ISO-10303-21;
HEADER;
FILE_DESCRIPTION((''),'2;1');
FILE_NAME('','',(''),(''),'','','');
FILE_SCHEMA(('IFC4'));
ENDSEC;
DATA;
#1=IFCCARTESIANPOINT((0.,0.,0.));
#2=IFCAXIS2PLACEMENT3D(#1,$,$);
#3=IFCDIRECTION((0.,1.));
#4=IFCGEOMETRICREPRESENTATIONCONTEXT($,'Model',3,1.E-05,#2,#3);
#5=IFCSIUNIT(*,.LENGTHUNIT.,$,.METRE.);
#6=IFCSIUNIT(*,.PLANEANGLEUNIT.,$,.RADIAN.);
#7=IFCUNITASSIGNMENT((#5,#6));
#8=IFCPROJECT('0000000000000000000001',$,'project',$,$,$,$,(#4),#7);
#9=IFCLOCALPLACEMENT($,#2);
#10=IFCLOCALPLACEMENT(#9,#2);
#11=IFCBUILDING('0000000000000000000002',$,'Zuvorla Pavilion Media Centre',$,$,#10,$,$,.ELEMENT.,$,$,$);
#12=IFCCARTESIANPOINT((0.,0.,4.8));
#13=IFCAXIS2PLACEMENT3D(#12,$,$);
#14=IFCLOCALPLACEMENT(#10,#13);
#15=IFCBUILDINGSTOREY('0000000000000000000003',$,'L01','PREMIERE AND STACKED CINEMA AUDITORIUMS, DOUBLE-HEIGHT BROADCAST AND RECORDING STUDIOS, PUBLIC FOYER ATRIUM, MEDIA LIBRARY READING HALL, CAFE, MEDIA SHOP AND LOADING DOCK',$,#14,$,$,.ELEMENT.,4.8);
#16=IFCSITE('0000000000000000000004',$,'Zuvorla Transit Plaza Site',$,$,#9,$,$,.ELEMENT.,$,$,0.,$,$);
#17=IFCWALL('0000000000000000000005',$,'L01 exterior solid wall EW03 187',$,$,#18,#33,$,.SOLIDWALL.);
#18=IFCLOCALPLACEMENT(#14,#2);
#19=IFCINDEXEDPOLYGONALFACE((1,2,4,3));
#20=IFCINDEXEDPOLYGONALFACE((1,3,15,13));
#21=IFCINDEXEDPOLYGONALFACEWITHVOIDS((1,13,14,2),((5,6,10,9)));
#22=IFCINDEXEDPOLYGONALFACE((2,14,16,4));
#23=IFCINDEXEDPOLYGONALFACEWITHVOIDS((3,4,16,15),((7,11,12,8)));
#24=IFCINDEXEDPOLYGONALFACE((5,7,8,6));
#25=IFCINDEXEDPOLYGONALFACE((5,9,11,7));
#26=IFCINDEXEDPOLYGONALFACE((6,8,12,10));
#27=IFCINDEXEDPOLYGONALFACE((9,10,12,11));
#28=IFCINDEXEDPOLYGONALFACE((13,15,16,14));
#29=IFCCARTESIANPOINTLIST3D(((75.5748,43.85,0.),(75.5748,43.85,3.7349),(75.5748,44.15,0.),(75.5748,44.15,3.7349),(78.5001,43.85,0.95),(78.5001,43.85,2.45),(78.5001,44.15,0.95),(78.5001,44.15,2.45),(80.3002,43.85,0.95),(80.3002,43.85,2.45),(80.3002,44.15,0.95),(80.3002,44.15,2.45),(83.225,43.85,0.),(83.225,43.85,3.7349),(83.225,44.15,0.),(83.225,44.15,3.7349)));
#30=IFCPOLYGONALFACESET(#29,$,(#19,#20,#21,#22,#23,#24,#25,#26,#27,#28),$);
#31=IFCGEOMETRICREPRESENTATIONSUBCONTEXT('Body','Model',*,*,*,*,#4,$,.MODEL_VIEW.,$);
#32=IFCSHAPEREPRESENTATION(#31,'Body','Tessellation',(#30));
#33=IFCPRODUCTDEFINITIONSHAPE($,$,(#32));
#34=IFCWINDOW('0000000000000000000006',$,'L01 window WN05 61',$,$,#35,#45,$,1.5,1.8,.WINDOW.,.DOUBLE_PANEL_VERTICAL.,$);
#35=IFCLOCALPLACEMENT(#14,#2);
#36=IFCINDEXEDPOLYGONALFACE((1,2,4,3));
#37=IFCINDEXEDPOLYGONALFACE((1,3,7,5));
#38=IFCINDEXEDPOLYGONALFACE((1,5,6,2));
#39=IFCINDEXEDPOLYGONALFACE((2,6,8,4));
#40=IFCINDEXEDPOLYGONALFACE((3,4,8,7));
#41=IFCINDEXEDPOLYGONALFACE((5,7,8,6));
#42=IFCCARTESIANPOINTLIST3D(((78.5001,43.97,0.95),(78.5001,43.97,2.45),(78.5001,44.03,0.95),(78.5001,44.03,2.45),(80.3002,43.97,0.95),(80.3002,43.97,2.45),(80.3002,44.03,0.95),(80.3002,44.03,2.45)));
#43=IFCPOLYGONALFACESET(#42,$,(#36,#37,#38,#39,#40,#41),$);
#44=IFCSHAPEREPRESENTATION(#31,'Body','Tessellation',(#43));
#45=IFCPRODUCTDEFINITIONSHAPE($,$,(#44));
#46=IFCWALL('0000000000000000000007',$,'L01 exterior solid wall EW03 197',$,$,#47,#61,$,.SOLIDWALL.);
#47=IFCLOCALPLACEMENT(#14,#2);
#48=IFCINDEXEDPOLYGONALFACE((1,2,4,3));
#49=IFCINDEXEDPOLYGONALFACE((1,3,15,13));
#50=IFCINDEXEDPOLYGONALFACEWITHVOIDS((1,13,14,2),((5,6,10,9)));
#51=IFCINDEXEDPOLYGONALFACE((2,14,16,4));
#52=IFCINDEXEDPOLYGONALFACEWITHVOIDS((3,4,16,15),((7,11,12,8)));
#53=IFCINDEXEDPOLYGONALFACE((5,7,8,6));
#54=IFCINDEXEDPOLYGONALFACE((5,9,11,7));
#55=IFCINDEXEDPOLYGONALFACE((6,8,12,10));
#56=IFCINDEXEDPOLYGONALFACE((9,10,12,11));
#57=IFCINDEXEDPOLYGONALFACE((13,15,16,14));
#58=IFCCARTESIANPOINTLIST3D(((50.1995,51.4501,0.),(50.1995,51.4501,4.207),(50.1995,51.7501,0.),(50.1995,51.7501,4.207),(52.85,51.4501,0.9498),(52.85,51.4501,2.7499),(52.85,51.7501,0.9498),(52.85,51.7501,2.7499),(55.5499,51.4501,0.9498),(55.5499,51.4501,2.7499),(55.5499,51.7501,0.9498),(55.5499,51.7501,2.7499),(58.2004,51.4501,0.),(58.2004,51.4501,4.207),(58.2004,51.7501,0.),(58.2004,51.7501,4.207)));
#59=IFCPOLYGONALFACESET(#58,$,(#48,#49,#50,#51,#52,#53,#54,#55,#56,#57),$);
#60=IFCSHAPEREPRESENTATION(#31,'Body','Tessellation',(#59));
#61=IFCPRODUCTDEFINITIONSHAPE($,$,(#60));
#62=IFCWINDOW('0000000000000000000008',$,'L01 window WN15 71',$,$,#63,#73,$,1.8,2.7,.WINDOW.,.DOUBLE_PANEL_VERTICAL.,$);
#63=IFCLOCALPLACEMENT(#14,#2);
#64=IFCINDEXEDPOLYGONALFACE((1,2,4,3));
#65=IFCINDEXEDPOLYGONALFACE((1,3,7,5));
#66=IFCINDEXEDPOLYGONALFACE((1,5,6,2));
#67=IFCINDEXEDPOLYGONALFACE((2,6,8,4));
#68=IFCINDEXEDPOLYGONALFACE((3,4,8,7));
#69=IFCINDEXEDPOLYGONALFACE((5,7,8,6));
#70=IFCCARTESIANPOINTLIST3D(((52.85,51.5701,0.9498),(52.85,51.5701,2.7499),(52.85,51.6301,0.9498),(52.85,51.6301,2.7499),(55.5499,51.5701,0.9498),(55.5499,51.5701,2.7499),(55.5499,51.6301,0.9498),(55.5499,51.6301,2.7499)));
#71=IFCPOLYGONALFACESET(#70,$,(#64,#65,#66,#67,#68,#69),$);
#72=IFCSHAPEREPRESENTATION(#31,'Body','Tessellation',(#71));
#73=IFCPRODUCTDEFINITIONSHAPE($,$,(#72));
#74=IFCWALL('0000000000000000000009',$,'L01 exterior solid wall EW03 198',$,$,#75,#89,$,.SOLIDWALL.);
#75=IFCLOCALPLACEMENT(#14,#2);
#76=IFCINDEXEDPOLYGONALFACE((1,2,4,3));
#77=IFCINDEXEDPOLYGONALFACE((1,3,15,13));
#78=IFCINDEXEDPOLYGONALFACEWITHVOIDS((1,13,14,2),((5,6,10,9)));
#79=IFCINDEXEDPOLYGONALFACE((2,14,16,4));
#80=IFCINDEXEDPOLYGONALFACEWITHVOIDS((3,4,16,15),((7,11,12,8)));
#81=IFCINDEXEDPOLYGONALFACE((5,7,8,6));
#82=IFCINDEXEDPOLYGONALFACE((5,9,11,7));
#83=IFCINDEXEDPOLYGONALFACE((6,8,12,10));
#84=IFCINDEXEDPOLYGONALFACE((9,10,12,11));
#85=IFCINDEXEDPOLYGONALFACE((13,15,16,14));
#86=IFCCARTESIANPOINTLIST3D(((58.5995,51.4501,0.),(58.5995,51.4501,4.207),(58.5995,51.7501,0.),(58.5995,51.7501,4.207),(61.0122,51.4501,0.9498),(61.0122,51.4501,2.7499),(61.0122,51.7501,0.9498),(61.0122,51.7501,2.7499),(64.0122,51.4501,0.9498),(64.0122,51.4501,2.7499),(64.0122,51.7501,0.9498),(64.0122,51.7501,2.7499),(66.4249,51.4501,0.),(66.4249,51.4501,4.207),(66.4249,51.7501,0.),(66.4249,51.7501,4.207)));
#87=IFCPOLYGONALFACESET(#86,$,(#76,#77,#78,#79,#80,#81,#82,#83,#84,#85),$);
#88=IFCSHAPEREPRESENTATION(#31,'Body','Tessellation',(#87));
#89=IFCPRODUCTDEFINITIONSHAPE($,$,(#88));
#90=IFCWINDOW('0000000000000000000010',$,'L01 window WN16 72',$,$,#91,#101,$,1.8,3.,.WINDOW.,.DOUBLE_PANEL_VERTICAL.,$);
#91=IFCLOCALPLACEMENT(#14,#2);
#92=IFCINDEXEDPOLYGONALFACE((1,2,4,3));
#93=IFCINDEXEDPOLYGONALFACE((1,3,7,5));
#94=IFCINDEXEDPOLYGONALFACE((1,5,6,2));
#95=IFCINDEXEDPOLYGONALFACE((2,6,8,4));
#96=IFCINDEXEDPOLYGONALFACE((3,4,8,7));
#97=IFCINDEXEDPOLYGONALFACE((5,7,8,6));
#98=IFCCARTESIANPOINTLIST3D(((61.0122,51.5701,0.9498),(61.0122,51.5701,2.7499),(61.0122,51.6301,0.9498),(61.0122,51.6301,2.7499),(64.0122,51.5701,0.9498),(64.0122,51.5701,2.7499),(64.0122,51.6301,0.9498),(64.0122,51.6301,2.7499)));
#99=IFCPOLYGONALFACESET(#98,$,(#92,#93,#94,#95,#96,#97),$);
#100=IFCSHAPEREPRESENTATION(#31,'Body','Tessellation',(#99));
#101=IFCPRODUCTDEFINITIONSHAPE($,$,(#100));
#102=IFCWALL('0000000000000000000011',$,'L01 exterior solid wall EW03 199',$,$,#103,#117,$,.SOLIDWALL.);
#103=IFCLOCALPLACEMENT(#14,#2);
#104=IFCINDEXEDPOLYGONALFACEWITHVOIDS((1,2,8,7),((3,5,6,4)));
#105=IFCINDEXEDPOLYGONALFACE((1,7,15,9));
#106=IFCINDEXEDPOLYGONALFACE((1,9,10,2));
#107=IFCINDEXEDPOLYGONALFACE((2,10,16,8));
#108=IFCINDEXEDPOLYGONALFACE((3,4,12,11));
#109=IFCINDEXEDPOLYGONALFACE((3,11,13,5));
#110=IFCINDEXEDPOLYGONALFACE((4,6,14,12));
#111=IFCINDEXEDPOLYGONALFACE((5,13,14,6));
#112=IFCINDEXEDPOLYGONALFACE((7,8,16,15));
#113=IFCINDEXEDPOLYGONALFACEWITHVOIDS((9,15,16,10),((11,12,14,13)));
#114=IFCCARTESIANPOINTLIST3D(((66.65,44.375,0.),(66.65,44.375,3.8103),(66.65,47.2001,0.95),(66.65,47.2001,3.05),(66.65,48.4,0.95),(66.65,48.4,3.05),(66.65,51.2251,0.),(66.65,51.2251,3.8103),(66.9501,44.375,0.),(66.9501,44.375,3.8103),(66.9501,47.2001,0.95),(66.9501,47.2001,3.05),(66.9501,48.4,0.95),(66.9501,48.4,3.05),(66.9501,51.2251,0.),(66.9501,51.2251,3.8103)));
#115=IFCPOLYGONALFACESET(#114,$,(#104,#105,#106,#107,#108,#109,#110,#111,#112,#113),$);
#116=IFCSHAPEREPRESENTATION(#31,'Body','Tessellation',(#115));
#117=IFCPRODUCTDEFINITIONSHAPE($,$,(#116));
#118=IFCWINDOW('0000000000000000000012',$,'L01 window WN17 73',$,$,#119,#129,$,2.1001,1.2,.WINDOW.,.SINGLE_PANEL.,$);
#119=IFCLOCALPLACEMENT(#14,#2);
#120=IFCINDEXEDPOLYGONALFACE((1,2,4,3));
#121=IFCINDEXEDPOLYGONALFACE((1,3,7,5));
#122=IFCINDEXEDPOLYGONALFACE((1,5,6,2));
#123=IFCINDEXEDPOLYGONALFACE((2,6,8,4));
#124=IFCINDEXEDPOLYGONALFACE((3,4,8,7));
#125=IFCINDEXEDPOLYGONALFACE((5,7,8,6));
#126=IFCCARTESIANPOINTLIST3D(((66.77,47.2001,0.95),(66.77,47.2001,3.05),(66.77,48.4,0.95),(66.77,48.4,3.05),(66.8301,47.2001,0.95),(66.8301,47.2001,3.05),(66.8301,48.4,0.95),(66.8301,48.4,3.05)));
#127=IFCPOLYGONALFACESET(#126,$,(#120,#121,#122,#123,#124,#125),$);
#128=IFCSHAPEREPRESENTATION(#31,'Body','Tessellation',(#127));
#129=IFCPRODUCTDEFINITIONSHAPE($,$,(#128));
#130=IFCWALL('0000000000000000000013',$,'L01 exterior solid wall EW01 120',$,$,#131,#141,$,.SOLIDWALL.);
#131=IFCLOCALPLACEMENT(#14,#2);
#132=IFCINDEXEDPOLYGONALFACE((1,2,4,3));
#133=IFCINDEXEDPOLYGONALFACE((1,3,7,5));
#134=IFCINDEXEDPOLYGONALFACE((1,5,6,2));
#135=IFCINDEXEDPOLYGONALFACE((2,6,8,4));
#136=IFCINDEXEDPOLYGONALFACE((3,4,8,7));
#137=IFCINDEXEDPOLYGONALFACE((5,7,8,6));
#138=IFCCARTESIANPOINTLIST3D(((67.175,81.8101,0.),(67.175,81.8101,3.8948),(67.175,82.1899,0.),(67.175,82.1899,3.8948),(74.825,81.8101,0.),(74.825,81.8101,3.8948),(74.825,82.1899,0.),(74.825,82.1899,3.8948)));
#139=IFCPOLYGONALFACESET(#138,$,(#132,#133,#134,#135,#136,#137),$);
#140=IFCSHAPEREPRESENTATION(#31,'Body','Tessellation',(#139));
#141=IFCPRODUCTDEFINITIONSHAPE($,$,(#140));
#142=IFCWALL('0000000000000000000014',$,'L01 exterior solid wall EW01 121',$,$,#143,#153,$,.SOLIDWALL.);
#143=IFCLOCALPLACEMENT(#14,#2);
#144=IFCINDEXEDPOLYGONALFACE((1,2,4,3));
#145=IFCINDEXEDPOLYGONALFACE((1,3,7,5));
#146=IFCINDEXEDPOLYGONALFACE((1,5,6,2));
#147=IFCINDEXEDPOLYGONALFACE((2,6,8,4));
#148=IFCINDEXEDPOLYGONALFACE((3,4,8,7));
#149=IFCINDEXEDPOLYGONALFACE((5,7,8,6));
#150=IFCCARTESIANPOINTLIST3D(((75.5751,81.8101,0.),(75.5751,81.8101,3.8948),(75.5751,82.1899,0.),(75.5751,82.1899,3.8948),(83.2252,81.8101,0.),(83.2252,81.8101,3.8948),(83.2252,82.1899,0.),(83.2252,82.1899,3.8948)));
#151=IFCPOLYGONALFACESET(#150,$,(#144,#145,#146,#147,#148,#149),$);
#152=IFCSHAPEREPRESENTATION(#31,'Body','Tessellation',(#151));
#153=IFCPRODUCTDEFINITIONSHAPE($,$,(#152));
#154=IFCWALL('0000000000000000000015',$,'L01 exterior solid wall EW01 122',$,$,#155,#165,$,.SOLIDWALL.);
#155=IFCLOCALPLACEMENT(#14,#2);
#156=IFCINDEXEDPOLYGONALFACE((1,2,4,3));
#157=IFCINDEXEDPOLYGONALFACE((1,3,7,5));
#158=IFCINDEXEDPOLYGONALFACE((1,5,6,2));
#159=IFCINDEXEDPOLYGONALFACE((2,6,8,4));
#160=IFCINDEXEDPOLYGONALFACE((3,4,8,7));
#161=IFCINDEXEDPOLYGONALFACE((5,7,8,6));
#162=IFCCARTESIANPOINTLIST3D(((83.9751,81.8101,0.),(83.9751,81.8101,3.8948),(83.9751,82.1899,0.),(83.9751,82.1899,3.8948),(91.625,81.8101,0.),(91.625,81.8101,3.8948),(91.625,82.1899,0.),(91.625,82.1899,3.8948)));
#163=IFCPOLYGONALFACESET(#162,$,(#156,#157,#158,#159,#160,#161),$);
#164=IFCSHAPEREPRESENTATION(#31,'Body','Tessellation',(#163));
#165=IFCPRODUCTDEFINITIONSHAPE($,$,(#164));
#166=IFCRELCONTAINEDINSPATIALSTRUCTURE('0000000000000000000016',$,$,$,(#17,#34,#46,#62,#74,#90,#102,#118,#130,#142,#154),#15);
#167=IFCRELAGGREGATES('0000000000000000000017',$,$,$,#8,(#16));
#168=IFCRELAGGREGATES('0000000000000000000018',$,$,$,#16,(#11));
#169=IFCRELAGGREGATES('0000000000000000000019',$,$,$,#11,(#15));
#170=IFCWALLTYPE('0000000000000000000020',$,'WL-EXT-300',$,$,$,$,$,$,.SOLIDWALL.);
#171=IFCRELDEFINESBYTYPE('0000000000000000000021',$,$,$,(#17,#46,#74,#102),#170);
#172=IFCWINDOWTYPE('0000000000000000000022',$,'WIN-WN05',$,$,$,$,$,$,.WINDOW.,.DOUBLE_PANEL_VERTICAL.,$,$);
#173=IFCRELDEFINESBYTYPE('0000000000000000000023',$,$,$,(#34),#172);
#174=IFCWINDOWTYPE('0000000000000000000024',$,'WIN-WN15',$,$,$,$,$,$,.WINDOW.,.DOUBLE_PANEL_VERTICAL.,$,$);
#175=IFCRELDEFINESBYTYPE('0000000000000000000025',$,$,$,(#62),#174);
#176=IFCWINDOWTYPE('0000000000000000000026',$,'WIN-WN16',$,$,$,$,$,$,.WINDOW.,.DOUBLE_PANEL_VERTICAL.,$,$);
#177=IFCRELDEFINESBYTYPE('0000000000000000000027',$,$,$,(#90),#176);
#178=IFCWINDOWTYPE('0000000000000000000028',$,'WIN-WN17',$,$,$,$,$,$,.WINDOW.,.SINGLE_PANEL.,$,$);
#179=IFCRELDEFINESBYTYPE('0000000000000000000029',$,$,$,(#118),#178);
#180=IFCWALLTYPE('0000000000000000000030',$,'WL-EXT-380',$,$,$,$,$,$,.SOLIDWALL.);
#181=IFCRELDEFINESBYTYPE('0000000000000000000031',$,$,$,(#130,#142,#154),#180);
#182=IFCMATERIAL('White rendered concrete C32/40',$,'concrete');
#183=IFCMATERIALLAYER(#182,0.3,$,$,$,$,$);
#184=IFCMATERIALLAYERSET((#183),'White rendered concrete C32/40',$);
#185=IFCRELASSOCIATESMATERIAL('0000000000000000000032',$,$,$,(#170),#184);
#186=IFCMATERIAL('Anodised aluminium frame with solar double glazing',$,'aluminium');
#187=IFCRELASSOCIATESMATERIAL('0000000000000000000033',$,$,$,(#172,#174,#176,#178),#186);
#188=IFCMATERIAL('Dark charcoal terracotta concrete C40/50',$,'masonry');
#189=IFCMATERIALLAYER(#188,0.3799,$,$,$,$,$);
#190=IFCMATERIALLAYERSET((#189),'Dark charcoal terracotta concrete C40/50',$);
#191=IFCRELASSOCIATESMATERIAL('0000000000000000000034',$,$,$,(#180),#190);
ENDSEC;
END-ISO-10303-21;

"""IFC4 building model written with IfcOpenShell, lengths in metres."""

from ifc_helpers import new_model, si_unit, direction, frame, frame_2d, origin, place, context, subcontext, project, spatial, rectangle, extrude, material, layer, layer_set, type_object, element, fill, save


model = new_model("IFC4")

# Units and contexts
model_context = context("Model", 3, precision=1e-05, world=origin(), true_north=direction((0.0, 1.0)))
body_context = subcontext(model_context, "Body", "Model", "MODEL_VIEW")
ifc_project = project(units=[si_unit("LENGTHUNIT", "METRE"), si_unit("PLANEANGLEUNIT", "RADIAN")], contexts=[model_context])

# Site, building, storey
site_placement = place(None, origin())
site = spatial("IfcSite", under=ifc_project, at=site_placement, Name="Zuvorla Transit Plaza Site", CompositionType="ELEMENT", RefElevation=0.0)
building_placement = place(site_placement, origin())
building = spatial("IfcBuilding", under=site, at=building_placement, Name="Zuvorla Pavilion Media Centre", CompositionType="ELEMENT")
storey_placement = place(building_placement, frame((0.0, 0.0, 4.8)))
storey = spatial("IfcBuildingStorey", under=building, at=storey_placement, Name="L01", Description="PREMIERE AND STACKED CINEMA AUDITORIUMS, DOUBLE-HEIGHT BROADCAST AND RECORDING STUDIOS, PUBLIC FOYER ATRIUM, MEDIA LIBRARY READING HALL, CAFE, MEDIA SHOP AND LOADING DOCK", CompositionType="ELEMENT", Elevation=4.8)

# Walls, openings, windows
ifc_material_1 = material(Name="White rendered concrete C32/40", Category="concrete")
ifc_layer_1 = layer(ifc_material_1, 0.3)
ifc_layer_set_1 = layer_set([ifc_layer_1], Name="White rendered concrete C32/40")
wall_type_1 = type_object("IfcWallType", Name="WL-EXT-300", PredefinedType="SOLIDWALL", material=ifc_layer_set_1)
wall_1_placement = place(storey_placement, frame((83.2251, 44.0, 0.0), z_axis=(0.0, 0.0, 1.0), x_axis=(-1.0, 0.0, 0.0)))
wall_1 = element("IfcWall", 1, at=wall_1_placement, inside=storey, type_object=wall_type_1, Name="L01 exterior solid wall EW03 187", PredefinedType="SOLIDWALL", context=body_context, shape_type="SweptSolid", body=[
    extrude(rectangle(XDim=7.6501, YDim=0.3, at=frame_2d((3.8252, 0.0))), origin(), (0.0, 0.0, 1.0), 3.7349),
])
opening_1_placement = place(wall_1_placement, frame((2.925, 0.0, 0.95)))
opening_1 = element("IfcOpeningElement", 2, at=opening_1_placement, cuts=wall_1, PredefinedType="OPENING", context=body_context, shape_type="SweptSolid", body=[
    extrude(rectangle(XDim=1.8, YDim=1.5, at=frame_2d((0.8999, 0.75))), frame((0.0, 0.1599, 0.0), z_axis=(0.0, -1.0, 0.0), x_axis=(1.0, 0.0, 0.0)), (0.0, 0.0, 1.0), 0.3201),
])
ifc_material_2 = material(Name="Anodised aluminium frame with solar double glazing", Category="aluminium")
window_type_1 = type_object("IfcWindowType", Name="WIN-WN05", PartitioningType="DOUBLE_PANEL_VERTICAL", PredefinedType="WINDOW", material=ifc_material_2)
window_1_placement = place(opening_1_placement, origin())
window_1 = element("IfcWindow", 3, at=window_1_placement, inside=storey, type_object=window_type_1, Name="L01 window WN05 61", OverallHeight=1.5, OverallWidth=1.8, PartitioningType="DOUBLE_PANEL_VERTICAL", PredefinedType="WINDOW", context=body_context, shape_type="SweptSolid", body=[
    extrude(rectangle(XDim=1.8, YDim=1.5, at=frame_2d((0.8999, 0.75))), frame((0.0, 0.03, 0.0), z_axis=(0.0, -1.0, 0.0), x_axis=(1.0, 0.0, 0.0)), (0.0, 0.0, 1.0), 0.0601),
])
fill(opening_1, window_1)
wall_2_placement = place(storey_placement, frame((50.1995, 51.6001, 0.0), z_axis=(0.0, 0.0, 1.0), x_axis=(1.0, 0.0, 0.0)))
wall_2 = element("IfcWall", 4, at=wall_2_placement, inside=storey, type_object=wall_type_1, Name="L01 exterior solid wall EW03 197", PredefinedType="SOLIDWALL", context=body_context, shape_type="SweptSolid", body=[
    extrude(rectangle(XDim=8.001, YDim=0.3, at=frame_2d((4.0005, 0.0))), origin(), (0.0, 0.0, 1.0), 4.207),
])
opening_2_placement = place(wall_2_placement, frame((2.6504, 0.0, 0.95)))
opening_2 = element("IfcOpeningElement", 5, at=opening_2_placement, cuts=wall_2, PredefinedType="OPENING", context=body_context, shape_type="SweptSolid", body=[
    extrude(rectangle(XDim=2.7, YDim=1.8, at=frame_2d((1.3501, 0.8999))), frame((0.0, 0.1599, 0.0), z_axis=(0.0, -1.0, 0.0), x_axis=(1.0, 0.0, 0.0)), (0.0, 0.0, 1.0), 0.3201),
])
window_type_2 = type_object("IfcWindowType", Name="WIN-WN15", PartitioningType="DOUBLE_PANEL_VERTICAL", PredefinedType="WINDOW", material=ifc_material_2)
window_2_placement = place(opening_2_placement, origin())
window_2 = element("IfcWindow", 6, at=window_2_placement, inside=storey, type_object=window_type_2, Name="L01 window WN15 71", OverallHeight=1.8, OverallWidth=2.7, PartitioningType="DOUBLE_PANEL_VERTICAL", PredefinedType="WINDOW", context=body_context, shape_type="SweptSolid", body=[
    extrude(rectangle(XDim=2.7, YDim=1.8, at=frame_2d((1.3501, 0.8999))), frame((0.0, 0.03, 0.0), z_axis=(0.0, -1.0, 0.0), x_axis=(1.0, 0.0, 0.0)), (0.0, 0.0, 1.0), 0.0601),
])
fill(opening_2, window_2)
wall_3_placement = place(storey_placement, frame((58.5996, 51.6001, 0.0), z_axis=(0.0, 0.0, 1.0), x_axis=(1.0, 0.0, 0.0)))
wall_3 = element("IfcWall", 7, at=wall_3_placement, inside=storey, type_object=wall_type_1, Name="L01 exterior solid wall EW03 198", PredefinedType="SOLIDWALL", context=body_context, shape_type="SweptSolid", body=[
    extrude(rectangle(XDim=7.8254, YDim=0.3, at=frame_2d((3.9126, 0.0))), origin(), (0.0, 0.0, 1.0), 4.207),
])
opening_3_placement = place(wall_3_placement, frame((2.4126, 0.0, 0.95)))
opening_3 = element("IfcOpeningElement", 8, at=opening_3_placement, cuts=wall_3, PredefinedType="OPENING", context=body_context, shape_type="SweptSolid", body=[
    extrude(rectangle(XDim=3.0, YDim=1.8, at=frame_2d((1.5, 0.8999))), frame((0.0, 0.1599, 0.0), z_axis=(0.0, -1.0, 0.0), x_axis=(1.0, 0.0, 0.0)), (0.0, 0.0, 1.0), 0.3201),
])
window_type_3 = type_object("IfcWindowType", Name="WIN-WN16", PartitioningType="DOUBLE_PANEL_VERTICAL", PredefinedType="WINDOW", material=ifc_material_2)
window_3_placement = place(opening_3_placement, origin())
window_3 = element("IfcWindow", 9, at=window_3_placement, inside=storey, type_object=window_type_3, Name="L01 window WN16 72", OverallHeight=1.8, OverallWidth=3.0, PartitioningType="DOUBLE_PANEL_VERTICAL", PredefinedType="WINDOW", context=body_context, shape_type="SweptSolid", body=[
    extrude(rectangle(XDim=3.0, YDim=1.8, at=frame_2d((1.5, 0.8999))), frame((0.0, 0.03, 0.0), z_axis=(0.0, -1.0, 0.0), x_axis=(1.0, 0.0, 0.0)), (0.0, 0.0, 1.0), 0.0601),
])
fill(opening_3, window_3)
wall_4_placement = place(storey_placement, frame((66.8, 51.2251, 0.0), z_axis=(0.0, 0.0, 1.0), x_axis=(0.0, -1.0, 0.0)))
wall_4 = element("IfcWall", 10, at=wall_4_placement, inside=storey, type_object=wall_type_1, Name="L01 exterior solid wall EW03 199", PredefinedType="SOLIDWALL", context=body_context, shape_type="SweptSolid", body=[
    extrude(rectangle(XDim=6.8501, YDim=0.3, at=frame_2d((3.425, 0.0))), origin(), (0.0, 0.0, 1.0), 3.8103),
])
opening_4_placement = place(wall_4_placement, frame((2.825, 0.0, 0.95)))
opening_4 = element("IfcOpeningElement", 11, at=opening_4_placement, cuts=wall_4, PredefinedType="OPENING", context=body_context, shape_type="SweptSolid", body=[
    extrude(rectangle(XDim=1.2, YDim=2.1001, at=frame_2d((0.6001, 1.05))), frame((0.0, 0.1599, 0.0), z_axis=(0.0, -1.0, 0.0), x_axis=(1.0, 0.0, 0.0)), (0.0, 0.0, 1.0), 0.3201),
])
window_type_4 = type_object("IfcWindowType", Name="WIN-WN17", PartitioningType="SINGLE_PANEL", PredefinedType="WINDOW", material=ifc_material_2)
window_4_placement = place(opening_4_placement, origin())
window_4 = element("IfcWindow", 12, at=window_4_placement, inside=storey, type_object=window_type_4, Name="L01 window WN17 73", OverallHeight=2.1001, OverallWidth=1.2, PartitioningType="SINGLE_PANEL", PredefinedType="WINDOW", context=body_context, shape_type="SweptSolid", body=[
    extrude(rectangle(XDim=1.2, YDim=2.1001, at=frame_2d((0.6001, 1.05))), frame((0.0, 0.03, 0.0), z_axis=(0.0, -1.0, 0.0), x_axis=(1.0, 0.0, 0.0)), (0.0, 0.0, 1.0), 0.0601),
])
fill(opening_4, window_4)

# Walls
ifc_material_3 = material(Name="Dark charcoal terracotta concrete C40/50", Category="masonry")
ifc_layer_2 = layer(ifc_material_3, 0.3799)
ifc_layer_set_2 = layer_set([ifc_layer_2], Name="Dark charcoal terracotta concrete C40/50")
wall_type_2 = type_object("IfcWallType", Name="WL-EXT-380", PredefinedType="SOLIDWALL", material=ifc_layer_set_2)
wall_5_placement = place(storey_placement, frame((67.175, 82.0, 0.0), z_axis=(0.0, 0.0, 1.0), x_axis=(1.0, 0.0, 0.0)))
element("IfcWall", 13, at=wall_5_placement, inside=storey, type_object=wall_type_2, Name="L01 exterior solid wall EW01 120", PredefinedType="SOLIDWALL", context=body_context, shape_type="SweptSolid", body=[
    extrude(rectangle(XDim=7.6499, YDim=0.3799, at=frame_2d((3.825, 0.0))), origin(), (0.0, 0.0, 1.0), 3.8948),
])
wall_6_placement = place(storey_placement, frame((75.575, 82.0, 0.0), z_axis=(0.0, 0.0, 1.0), x_axis=(1.0, 0.0, 0.0)))
element("IfcWall", 14, at=wall_6_placement, inside=storey, type_object=wall_type_2, Name="L01 exterior solid wall EW01 121", PredefinedType="SOLIDWALL", context=body_context, shape_type="SweptSolid", body=[
    extrude(rectangle(XDim=7.6501, YDim=0.3799, at=frame_2d((3.8252, 0.0))), origin(), (0.0, 0.0, 1.0), 3.8948),
])
wall_7_placement = place(storey_placement, frame((83.9751, 82.0, 0.0), z_axis=(0.0, 0.0, 1.0), x_axis=(1.0, 0.0, 0.0)))
element("IfcWall", 15, at=wall_7_placement, inside=storey, type_object=wall_type_2, Name="L01 exterior solid wall EW01 122", PredefinedType="SOLIDWALL", context=body_context, shape_type="SweptSolid", body=[
    extrude(rectangle(XDim=7.6499, YDim=0.3799, at=frame_2d((3.825, 0.0))), origin(), (0.0, 0.0, 1.0), 3.8948),
])

save(model, "model.ifc")
